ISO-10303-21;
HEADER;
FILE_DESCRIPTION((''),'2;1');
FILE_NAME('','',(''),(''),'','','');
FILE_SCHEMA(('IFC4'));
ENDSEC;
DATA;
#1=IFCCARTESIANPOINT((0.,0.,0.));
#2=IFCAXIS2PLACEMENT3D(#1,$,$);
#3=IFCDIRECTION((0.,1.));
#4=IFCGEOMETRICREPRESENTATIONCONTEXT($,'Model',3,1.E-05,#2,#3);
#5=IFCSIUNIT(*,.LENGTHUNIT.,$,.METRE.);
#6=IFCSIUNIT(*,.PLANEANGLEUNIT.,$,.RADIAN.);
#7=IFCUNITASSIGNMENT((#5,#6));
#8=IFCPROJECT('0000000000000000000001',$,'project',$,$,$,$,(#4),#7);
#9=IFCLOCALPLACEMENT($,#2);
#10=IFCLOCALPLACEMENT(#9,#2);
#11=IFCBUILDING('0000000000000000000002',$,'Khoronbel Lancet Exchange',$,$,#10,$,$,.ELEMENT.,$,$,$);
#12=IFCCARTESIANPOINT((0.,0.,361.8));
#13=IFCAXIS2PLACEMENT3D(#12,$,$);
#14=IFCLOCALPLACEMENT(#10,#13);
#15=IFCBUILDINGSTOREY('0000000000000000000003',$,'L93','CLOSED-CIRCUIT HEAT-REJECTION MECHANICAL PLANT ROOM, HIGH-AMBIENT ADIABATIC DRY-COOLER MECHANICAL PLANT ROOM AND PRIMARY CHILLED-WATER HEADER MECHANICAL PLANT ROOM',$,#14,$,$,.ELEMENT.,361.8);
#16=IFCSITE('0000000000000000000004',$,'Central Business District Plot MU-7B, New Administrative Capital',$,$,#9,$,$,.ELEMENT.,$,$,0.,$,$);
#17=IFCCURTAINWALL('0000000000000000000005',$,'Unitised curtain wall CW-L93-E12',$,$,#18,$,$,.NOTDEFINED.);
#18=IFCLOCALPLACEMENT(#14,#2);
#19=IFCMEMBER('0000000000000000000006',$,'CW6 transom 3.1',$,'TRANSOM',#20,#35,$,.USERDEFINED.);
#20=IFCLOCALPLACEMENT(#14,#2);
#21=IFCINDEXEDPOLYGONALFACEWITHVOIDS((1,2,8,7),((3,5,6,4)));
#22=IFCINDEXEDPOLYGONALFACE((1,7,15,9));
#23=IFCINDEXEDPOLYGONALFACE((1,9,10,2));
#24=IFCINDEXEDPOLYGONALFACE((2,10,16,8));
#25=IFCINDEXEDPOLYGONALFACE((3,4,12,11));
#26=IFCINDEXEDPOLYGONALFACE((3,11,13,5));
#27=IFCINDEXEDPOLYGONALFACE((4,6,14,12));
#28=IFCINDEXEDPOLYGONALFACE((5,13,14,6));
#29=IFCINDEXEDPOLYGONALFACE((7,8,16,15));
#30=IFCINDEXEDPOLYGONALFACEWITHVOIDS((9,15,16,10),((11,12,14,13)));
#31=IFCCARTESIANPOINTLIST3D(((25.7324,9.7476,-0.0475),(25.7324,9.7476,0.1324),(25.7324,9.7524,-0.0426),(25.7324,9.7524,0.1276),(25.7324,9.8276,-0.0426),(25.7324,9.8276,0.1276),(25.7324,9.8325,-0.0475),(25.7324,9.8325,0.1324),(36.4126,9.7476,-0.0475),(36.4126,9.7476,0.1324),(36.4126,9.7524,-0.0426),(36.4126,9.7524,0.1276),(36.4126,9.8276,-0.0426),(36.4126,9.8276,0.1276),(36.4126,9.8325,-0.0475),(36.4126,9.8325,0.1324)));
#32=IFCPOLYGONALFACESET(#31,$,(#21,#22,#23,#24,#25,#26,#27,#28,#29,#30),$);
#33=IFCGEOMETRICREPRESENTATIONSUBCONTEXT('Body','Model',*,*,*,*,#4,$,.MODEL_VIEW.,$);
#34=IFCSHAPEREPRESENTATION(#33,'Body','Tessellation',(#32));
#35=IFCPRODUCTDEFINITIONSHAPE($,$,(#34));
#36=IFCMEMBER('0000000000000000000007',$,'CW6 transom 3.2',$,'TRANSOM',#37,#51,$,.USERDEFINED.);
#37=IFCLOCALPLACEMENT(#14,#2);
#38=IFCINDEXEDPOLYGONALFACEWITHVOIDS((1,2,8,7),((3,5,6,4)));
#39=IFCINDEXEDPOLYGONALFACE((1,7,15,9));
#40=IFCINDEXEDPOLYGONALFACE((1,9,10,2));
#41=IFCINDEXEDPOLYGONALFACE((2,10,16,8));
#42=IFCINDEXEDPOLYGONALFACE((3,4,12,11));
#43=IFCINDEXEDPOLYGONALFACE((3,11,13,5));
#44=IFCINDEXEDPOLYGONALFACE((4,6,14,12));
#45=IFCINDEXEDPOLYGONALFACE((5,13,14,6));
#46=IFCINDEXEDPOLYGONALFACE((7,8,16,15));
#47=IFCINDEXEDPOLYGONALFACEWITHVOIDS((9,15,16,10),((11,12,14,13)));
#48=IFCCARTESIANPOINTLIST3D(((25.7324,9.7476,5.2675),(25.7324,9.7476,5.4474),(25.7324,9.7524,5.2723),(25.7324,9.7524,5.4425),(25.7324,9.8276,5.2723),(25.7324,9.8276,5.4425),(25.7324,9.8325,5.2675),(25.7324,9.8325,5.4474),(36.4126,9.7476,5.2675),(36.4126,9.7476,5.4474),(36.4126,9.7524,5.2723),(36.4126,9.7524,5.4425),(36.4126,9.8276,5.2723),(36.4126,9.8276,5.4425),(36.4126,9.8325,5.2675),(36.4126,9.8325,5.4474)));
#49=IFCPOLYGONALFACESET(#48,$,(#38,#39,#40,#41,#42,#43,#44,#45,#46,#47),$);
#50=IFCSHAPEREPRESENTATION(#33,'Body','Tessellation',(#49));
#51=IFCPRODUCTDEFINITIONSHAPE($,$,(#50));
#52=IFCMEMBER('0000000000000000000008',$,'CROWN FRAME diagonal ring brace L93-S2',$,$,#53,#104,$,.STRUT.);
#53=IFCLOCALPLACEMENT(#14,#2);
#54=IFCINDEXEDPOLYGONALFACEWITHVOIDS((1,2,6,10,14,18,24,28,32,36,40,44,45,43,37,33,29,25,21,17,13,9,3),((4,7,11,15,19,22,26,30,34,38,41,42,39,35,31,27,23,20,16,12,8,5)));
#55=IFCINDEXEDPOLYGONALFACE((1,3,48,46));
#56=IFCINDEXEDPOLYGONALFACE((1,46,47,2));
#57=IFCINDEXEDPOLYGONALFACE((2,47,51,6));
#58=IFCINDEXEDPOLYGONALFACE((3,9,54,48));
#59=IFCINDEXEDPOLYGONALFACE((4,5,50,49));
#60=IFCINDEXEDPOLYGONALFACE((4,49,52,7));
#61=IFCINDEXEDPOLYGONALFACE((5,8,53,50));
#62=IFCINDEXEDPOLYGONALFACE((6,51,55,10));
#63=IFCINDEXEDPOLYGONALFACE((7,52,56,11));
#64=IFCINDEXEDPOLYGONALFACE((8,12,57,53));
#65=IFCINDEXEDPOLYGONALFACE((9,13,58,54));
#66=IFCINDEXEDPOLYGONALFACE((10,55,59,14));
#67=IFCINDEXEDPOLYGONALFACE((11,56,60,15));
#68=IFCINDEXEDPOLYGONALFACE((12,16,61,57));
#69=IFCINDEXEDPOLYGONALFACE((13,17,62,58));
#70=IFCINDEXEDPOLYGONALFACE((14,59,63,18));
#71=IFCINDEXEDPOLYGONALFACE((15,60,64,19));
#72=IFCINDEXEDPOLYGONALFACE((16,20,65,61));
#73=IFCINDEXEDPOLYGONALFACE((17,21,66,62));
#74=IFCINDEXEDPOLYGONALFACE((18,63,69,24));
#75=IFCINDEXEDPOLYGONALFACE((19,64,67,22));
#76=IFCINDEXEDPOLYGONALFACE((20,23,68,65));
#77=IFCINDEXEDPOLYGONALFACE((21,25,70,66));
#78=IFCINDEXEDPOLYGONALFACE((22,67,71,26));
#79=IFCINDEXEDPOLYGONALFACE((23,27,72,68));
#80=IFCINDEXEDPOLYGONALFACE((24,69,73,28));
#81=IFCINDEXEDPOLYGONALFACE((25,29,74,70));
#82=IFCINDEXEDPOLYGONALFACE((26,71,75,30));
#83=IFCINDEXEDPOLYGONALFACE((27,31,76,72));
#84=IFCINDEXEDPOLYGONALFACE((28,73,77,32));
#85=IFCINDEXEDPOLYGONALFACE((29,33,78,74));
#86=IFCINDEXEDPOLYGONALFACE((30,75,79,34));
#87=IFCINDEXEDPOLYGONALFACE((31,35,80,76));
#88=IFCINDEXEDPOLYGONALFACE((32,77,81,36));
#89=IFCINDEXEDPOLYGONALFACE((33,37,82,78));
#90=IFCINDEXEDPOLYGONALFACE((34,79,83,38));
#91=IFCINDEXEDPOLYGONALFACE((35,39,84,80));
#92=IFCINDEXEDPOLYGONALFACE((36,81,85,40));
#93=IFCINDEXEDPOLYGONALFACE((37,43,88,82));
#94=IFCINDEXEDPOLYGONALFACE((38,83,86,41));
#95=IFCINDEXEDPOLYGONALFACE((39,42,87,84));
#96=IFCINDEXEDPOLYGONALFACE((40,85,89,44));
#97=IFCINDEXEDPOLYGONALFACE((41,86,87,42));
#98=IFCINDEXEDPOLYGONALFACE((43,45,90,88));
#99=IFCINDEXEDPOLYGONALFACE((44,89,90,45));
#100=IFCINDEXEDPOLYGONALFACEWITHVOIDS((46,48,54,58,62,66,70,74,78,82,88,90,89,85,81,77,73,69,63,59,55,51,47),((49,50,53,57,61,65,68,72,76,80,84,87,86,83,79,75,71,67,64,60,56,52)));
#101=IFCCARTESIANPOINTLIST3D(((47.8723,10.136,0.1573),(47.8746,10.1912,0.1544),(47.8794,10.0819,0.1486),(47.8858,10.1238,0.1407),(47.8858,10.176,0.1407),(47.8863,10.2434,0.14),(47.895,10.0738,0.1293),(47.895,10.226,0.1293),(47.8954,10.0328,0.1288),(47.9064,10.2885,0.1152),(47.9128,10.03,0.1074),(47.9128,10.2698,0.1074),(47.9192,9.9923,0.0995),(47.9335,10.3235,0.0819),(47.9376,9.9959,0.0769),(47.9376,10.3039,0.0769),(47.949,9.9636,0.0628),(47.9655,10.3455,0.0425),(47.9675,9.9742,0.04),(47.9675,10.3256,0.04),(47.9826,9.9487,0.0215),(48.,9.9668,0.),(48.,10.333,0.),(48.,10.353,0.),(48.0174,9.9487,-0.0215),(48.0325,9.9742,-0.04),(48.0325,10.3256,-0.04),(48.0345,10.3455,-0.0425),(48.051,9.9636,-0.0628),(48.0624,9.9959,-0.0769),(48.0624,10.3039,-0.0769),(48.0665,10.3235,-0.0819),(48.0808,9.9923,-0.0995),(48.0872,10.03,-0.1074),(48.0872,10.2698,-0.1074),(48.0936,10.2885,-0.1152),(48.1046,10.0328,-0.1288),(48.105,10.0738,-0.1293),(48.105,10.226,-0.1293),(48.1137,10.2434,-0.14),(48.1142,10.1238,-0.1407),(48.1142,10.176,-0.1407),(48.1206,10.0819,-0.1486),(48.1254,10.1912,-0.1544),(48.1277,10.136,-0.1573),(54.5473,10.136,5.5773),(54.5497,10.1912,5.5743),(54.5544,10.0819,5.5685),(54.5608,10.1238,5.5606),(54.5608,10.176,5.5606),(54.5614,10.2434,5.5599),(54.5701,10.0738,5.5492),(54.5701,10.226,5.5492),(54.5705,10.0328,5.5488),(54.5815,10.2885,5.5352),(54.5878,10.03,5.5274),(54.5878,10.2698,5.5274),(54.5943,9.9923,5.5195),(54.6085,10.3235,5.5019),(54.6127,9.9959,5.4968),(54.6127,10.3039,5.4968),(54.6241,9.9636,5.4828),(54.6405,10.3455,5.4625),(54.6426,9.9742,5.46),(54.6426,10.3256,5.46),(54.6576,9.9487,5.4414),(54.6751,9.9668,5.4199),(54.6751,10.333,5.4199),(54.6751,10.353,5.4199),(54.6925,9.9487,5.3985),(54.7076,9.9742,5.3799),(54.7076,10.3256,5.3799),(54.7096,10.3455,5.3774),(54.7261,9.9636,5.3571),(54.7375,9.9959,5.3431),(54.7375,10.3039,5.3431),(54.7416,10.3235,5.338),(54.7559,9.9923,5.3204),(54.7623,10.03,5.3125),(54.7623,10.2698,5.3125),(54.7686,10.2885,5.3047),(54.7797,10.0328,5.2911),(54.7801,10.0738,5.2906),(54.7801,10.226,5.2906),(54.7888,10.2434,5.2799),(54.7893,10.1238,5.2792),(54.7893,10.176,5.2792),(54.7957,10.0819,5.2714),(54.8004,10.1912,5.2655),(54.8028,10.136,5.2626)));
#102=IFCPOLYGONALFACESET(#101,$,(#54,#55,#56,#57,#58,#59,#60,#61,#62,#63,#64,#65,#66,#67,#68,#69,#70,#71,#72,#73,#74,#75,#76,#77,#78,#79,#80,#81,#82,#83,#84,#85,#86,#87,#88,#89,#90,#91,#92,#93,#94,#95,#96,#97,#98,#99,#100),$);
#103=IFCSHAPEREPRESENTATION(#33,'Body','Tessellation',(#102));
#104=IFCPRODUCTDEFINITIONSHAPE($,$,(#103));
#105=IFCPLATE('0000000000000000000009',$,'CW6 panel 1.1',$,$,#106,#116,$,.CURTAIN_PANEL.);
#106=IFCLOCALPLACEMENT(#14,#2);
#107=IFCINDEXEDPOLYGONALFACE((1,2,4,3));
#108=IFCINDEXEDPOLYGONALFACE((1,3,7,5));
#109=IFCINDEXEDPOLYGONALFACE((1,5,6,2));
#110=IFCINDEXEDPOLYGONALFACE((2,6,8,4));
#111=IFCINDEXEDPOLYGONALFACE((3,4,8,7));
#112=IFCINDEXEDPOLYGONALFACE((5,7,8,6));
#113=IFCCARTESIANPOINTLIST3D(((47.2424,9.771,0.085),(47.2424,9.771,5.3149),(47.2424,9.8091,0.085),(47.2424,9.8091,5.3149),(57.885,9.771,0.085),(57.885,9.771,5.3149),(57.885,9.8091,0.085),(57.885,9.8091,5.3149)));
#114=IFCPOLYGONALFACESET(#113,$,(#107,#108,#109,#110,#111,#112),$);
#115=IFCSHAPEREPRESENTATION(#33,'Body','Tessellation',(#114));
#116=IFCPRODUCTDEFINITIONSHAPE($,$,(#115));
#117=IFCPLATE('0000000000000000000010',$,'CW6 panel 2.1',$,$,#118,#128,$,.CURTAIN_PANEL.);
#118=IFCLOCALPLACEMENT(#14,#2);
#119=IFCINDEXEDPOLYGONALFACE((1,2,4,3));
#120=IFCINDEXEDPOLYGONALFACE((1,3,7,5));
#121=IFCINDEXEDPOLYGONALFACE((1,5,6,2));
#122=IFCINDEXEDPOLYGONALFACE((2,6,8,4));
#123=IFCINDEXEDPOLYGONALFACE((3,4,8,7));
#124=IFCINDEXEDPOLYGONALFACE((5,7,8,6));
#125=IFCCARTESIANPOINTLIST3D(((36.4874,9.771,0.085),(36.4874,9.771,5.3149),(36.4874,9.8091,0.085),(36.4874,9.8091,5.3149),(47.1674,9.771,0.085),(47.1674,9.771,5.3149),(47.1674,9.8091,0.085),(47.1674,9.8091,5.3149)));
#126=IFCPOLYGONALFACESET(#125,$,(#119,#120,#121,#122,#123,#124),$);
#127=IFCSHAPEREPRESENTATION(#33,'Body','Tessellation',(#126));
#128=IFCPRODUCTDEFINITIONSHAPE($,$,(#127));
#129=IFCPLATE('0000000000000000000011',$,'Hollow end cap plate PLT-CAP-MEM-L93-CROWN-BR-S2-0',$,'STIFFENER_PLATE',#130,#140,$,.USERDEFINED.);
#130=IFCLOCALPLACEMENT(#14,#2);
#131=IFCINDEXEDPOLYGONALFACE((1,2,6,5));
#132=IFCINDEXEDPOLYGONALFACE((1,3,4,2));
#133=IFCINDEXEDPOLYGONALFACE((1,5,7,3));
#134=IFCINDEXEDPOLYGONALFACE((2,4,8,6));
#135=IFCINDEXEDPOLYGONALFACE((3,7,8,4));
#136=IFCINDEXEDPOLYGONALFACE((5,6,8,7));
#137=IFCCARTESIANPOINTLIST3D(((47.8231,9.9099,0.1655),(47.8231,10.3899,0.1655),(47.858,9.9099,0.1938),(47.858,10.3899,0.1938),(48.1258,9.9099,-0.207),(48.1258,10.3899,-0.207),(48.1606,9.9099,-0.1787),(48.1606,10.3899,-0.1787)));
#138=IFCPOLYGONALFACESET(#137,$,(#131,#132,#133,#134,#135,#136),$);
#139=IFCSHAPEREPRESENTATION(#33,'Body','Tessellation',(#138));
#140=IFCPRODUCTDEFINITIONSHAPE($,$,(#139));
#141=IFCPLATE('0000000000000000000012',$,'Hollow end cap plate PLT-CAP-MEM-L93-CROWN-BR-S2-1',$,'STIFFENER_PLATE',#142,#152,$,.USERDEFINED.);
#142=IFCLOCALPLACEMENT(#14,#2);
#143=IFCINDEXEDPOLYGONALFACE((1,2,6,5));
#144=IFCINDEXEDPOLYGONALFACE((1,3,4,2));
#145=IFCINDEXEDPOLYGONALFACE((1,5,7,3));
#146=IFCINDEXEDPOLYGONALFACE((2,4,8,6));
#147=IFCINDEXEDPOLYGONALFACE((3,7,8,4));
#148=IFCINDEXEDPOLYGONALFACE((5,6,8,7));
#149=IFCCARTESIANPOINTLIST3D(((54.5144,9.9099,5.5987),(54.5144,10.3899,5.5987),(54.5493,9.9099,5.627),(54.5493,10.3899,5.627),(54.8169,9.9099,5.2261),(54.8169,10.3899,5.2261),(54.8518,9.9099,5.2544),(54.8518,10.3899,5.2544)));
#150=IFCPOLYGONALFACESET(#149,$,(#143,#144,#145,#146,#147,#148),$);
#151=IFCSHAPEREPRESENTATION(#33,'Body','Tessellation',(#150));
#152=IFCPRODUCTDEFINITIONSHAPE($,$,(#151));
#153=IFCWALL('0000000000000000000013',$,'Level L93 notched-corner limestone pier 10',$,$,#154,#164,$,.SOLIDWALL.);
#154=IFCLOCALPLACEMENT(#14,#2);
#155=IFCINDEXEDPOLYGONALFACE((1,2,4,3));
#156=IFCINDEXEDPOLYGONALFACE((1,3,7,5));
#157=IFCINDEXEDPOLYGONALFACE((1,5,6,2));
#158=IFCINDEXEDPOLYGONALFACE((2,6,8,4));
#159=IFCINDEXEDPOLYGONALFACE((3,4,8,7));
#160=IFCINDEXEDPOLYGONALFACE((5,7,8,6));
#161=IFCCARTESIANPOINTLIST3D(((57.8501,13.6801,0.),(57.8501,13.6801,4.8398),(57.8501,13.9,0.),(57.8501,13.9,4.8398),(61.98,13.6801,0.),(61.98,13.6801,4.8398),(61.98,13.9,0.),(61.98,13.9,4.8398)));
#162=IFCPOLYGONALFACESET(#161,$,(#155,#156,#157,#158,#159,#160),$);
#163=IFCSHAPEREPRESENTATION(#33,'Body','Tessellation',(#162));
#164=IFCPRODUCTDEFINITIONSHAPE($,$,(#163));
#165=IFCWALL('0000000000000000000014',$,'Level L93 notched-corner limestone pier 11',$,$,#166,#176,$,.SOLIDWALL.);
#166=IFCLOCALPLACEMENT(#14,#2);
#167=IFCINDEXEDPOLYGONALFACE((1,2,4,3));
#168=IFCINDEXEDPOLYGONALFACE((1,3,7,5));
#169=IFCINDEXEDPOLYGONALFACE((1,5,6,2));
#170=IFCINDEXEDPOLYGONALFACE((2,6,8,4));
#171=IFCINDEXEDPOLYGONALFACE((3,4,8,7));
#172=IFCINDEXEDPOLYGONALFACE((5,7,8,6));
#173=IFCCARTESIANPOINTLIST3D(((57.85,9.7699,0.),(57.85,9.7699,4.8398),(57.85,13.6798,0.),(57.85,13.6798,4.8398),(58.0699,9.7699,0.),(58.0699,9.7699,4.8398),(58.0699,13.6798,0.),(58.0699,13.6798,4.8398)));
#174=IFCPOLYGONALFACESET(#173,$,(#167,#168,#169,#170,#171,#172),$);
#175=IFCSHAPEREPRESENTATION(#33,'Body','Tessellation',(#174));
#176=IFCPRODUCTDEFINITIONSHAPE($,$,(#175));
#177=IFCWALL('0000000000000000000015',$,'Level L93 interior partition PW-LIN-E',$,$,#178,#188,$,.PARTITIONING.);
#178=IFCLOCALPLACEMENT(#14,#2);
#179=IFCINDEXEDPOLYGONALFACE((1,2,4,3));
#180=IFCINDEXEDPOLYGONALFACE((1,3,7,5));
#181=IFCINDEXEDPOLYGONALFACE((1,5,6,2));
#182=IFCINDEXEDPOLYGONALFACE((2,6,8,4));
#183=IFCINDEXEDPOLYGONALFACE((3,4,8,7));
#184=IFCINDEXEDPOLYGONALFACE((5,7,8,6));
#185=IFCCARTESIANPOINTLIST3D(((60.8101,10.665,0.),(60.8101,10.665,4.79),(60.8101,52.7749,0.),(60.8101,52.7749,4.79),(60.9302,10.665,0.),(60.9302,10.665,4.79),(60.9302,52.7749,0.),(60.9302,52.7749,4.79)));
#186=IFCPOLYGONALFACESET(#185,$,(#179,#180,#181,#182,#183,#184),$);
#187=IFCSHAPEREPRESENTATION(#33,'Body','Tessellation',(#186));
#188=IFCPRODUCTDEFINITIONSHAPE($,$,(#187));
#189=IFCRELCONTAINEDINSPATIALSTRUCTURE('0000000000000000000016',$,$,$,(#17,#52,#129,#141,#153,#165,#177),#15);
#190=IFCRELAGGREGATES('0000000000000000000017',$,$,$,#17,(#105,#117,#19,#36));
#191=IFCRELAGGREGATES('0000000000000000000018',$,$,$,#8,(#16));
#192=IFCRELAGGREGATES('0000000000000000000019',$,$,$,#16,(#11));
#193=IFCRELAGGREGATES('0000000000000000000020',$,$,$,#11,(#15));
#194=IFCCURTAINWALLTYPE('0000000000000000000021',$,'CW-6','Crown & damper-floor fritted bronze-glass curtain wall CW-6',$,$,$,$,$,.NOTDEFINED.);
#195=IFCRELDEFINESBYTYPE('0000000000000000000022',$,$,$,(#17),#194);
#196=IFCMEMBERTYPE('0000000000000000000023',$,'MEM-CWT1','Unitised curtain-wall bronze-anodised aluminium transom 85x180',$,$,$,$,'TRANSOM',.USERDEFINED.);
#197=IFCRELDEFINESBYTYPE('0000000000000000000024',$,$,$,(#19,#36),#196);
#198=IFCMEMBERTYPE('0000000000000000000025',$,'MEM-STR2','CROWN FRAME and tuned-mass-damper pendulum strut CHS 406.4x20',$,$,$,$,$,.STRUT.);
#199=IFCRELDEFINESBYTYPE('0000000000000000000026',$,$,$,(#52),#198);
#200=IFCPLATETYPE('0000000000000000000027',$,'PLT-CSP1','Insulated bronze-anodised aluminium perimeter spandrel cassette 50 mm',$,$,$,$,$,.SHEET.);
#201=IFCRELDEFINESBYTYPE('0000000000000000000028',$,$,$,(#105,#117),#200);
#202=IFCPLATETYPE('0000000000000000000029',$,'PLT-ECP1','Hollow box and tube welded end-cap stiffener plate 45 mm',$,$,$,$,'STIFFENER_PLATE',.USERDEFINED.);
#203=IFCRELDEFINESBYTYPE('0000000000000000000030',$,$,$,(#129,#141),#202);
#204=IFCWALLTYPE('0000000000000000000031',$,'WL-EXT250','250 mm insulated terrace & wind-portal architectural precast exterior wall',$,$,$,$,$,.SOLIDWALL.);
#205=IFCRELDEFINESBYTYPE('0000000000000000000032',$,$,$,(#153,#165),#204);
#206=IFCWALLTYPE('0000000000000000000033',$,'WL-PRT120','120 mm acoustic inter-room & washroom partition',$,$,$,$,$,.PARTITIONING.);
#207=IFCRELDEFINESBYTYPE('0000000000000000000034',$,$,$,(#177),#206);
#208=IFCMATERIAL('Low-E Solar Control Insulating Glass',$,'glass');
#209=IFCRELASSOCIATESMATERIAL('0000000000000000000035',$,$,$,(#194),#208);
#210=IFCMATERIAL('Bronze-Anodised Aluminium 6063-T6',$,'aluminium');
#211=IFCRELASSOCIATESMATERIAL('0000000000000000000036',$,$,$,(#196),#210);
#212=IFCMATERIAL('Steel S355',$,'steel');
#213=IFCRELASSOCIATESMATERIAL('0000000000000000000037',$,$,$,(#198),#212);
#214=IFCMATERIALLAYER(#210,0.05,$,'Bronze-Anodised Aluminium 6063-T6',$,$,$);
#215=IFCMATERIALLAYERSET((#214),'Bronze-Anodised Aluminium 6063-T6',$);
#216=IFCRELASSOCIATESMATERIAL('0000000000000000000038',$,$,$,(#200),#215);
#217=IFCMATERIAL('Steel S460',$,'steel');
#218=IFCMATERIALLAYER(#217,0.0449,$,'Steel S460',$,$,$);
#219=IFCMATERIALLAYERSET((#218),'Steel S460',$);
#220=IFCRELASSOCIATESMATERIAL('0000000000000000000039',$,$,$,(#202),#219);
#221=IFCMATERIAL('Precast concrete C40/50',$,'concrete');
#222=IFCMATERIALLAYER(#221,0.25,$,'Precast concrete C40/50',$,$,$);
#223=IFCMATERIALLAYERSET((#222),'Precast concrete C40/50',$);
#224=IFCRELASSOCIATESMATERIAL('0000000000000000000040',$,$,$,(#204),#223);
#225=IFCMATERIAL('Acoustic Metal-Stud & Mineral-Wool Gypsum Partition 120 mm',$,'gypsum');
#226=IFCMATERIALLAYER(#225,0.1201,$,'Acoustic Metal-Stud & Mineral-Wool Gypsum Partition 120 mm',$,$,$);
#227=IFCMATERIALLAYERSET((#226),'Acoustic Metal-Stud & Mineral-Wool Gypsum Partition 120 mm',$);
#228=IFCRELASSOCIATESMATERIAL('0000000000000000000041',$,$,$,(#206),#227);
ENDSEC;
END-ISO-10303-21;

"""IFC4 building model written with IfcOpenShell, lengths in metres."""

from ifc_helpers import new_model, si_unit, direction, frame, frame_2d, origin, origin_2d, place, context, subcontext, project, spatial, polyline, rectangle, hollow_rectangle, hollow_circle, outline, extrude, material, layer, layer_set, material_profile, profile_set, type_object, element, aggregate, save


model = new_model("IFC4")

# Units and contexts
model_context = context("Model", 3, precision=1e-05, world=origin(), true_north=direction((0.0, 1.0)))
body_context = subcontext(model_context, "Body", "Model", "MODEL_VIEW")
ifc_project = project(units=[si_unit("LENGTHUNIT", "METRE"), si_unit("PLANEANGLEUNIT", "RADIAN")], contexts=[model_context])

# Site, building, storey
site_placement = place(None, origin())
site = spatial("IfcSite", under=ifc_project, at=site_placement, Name="Central Business District Plot MU-7B, New Administrative Capital", CompositionType="ELEMENT", RefElevation=0.0)
building_placement = place(site_placement, origin())
building = spatial("IfcBuilding", under=site, at=building_placement, Name="Khoronbel Lancet Exchange", CompositionType="ELEMENT")
storey_placement = place(building_placement, frame((0.0, 0.0, 361.8)))
storey = spatial("IfcBuildingStorey", under=building, at=storey_placement, Name="L93", Description="CLOSED-CIRCUIT HEAT-REJECTION MECHANICAL PLANT ROOM, HIGH-AMBIENT ADIABATIC DRY-COOLER MECHANICAL PLANT ROOM AND PRIMARY CHILLED-WATER HEADER MECHANICAL PLANT ROOM", CompositionType="ELEMENT", Elevation=361.8)

# Shared definitions
ifc_material_1 = material(Name="Steel S460", Category="steel")

# Shared definitions
ifc_material_2 = material(Name="Steel S355", Category="steel")

# Shared definitions
ifc_material_3 = material(Name="Low-E Solar Control Insulating Glass", Category="glass")
curtain_wall_type = type_object("IfcCurtainWallType", Name="CW-6", Description="Crown & damper-floor fritted bronze-glass curtain wall CW-6", PredefinedType="NOTDEFINED", material=ifc_material_3)
ifc_material_4 = material(Name="Bronze-Anodised Aluminium 6063-T6", Category="aluminium")

# Curtain wall, members
curtain_wall_1_placement = place(storey_placement, origin())
curtain_wall_1 = element("IfcCurtainWall", 1, at=curtain_wall_1_placement, inside=storey, type_object=curtain_wall_type, Name="Unitised curtain wall CW-L93-E12", PredefinedType="NOTDEFINED")
ifc_material_profile_1 = material_profile(ifc_material_4, hollow_rectangle(XDim=0.085, YDim=0.1799, WallThickness=0.0049, at=origin_2d()), Name="ALU TRANSOM 85x180")
ifc_profile_set_1 = profile_set([ifc_material_profile_1], Name="Bronze-Anodised Aluminium 6063-T6")
member_type_1 = type_object("IfcMemberType", Name="MEM-CWT1", Description="Unitised curtain-wall bronze-anodised aluminium transom 85x180", ElementType="TRANSOM", PredefinedType="USERDEFINED", material=ifc_profile_set_1)
member_1_placement = place(storey_placement, frame((36.4126, 9.79, 0.0425), z_axis=(-1.0, 0.0, 0.0), x_axis=(0.0, -1.0, 0.0)))
member_1 = element("IfcMember", 2, at=member_1_placement, type_object=member_type_1, Name="CW6 transom 3.1", ObjectType="TRANSOM", PredefinedType="USERDEFINED", context=body_context, shape_type="SweptSolid", body=[
    extrude(hollow_rectangle(XDim=0.085, YDim=0.1799, WallThickness=0.0049, at=origin_2d()), origin(), (0.0, 0.0, 1.0), 10.6802),
])
member_2_placement = place(storey_placement, frame((36.4126, 9.79, 5.3574), z_axis=(-1.0, 0.0, 0.0), x_axis=(0.0, -1.0, 0.0)))
member_2 = element("IfcMember", 3, at=member_2_placement, type_object=member_type_1, Name="CW6 transom 3.2", ObjectType="TRANSOM", PredefinedType="USERDEFINED", context=body_context, shape_type="SweptSolid", body=[
    extrude(hollow_rectangle(XDim=0.085, YDim=0.1799, WallThickness=0.0049, at=origin_2d()), origin(), (0.0, 0.0, 1.0), 10.6802),
])

# Member
ifc_material_profile_2 = material_profile(ifc_material_2, hollow_circle(Radius=0.2031, WallThickness=0.02, at=origin_2d()), Name="CHS 406.4x20")
ifc_profile_set_2 = profile_set([ifc_material_profile_2], Name="Steel S355")
member_type_2 = type_object("IfcMemberType", Name="MEM-STR2", Description="CROWN FRAME and tuned-mass-damper pendulum strut CHS 406.4x20", PredefinedType="STRUT", material=ifc_profile_set_2)
member_3_placement = place(storey_placement, frame((48.0, 10.1499, 0.0), z_axis=(0.776316, 0.0, 0.630344), x_axis=(0.0, 1.0, 0.0)))
element("IfcMember", 4, at=member_3_placement, inside=storey, type_object=member_type_2, Name="CROWN FRAME diagonal ring brace L93-S2", PredefinedType="STRUT", context=body_context, shape_type="SweptSolid", body=[
    extrude(hollow_circle(Radius=0.2031, WallThickness=0.02, at=origin_2d()), origin(), (0.0, 0.0, 1.0), 8.5984),
])

# Plates
ifc_layer_1 = layer(ifc_material_4, 0.05, Name="Bronze-Anodised Aluminium 6063-T6")
ifc_layer_set_1 = layer_set([ifc_layer_1], Name="Bronze-Anodised Aluminium 6063-T6")
plate_type_1 = type_object("IfcPlateType", Name="PLT-CSP1", Description="Insulated bronze-anodised aluminium perimeter spandrel cassette 50 mm", PredefinedType="SHEET", material=ifc_layer_set_1)
plate_1_placement = place(storey_placement, frame((52.5637, 9.79, 0.085), z_axis=(0.0, 0.0, 1.0), x_axis=(-1.0, 0.0, 0.0)))
plate_1 = element("IfcPlate", 5, at=plate_1_placement, type_object=plate_type_1, Name="CW6 panel 1.1", PredefinedType="CURTAIN_PANEL", context=body_context, shape_type="SweptSolid", body=[
    extrude(rectangle(XDim=10.6426, YDim=0.0381, at=origin_2d()), origin(), (0.0, 0.0, 1.0), 5.23),
])
plate_2_placement = place(storey_placement, frame((41.8274, 9.79, 0.085), z_axis=(0.0, 0.0, 1.0), x_axis=(-1.0, 0.0, 0.0)))
plate_2 = element("IfcPlate", 6, at=plate_2_placement, type_object=plate_type_1, Name="CW6 panel 2.1", PredefinedType="CURTAIN_PANEL", context=body_context, shape_type="SweptSolid", body=[
    extrude(rectangle(XDim=10.6799, YDim=0.0381, at=origin_2d()), origin(), (0.0, 0.0, 1.0), 5.23),
])
aggregate(curtain_wall_1, [plate_1, plate_2, member_1, member_2])

# Plates
ifc_layer_2 = layer(ifc_material_1, 0.0449, Name="Steel S460")
ifc_layer_set_2 = layer_set([ifc_layer_2], Name="Steel S460")
plate_type_2 = type_object("IfcPlateType", Name="PLT-ECP1", Description="Hollow box and tube welded end-cap stiffener plate 45 mm", ElementType="STIFFENER_PLATE", PredefinedType="USERDEFINED", material=ifc_layer_set_2)
for number, where, z_axis, x_axis, name in (
    (7, (48.1606, 9.9099, -0.1787), (0.776083, 0.0, 0.630631), (0.0, 1.0, 0.0), "Hollow end cap plate PLT-CAP-MEM-L93-CROWN-BR-S2-0"),
    (8, (54.8518, 9.9099, 5.2544), (0.776332, 0.0, 0.630324), (0.0, 1.0, 0.0), "Hollow end cap plate PLT-CAP-MEM-L93-CROWN-BR-S2-1"),
):
    element("IfcPlate", number, at=place(storey_placement, frame(where, z_axis=z_axis, x_axis=x_axis)), inside=storey, type_object=plate_type_2, Name=name, ObjectType="STIFFENER_PLATE", PredefinedType="USERDEFINED", context=body_context, shape_type="SweptSolid", body=[
        extrude(outline(polyline([(0.0, 0.0), (0.48, 0.0), (0.48, 0.48), (0.0, 0.48), (0.0, 0.0)])), origin(), (0.0, 0.0, -1.0), 0.0449),
    ])

# Walls
ifc_material_5 = material(Name="Precast concrete C40/50", Category="concrete")
ifc_layer_3 = layer(ifc_material_5, 0.25, Name="Precast concrete C40/50")
ifc_layer_set_3 = layer_set([ifc_layer_3], Name="Precast concrete C40/50")
wall_type_1 = type_object("IfcWallType", Name="WL-EXT250", Description="250 mm insulated terrace & wind-portal architectural precast exterior wall", PredefinedType="SOLIDWALL", material=ifc_layer_set_3)
wall_1_placement = place(storey_placement, frame((61.98, 13.79, 0.0), z_axis=(0.0, 0.0, 1.0), x_axis=(-1.0, 0.0, 0.0)))
element("IfcWall", 9, at=wall_1_placement, inside=storey, type_object=wall_type_1, Name="Level L93 notched-corner limestone pier 10", PredefinedType="SOLIDWALL", context=body_context, shape_type="SweptSolid", body=[
    extrude(rectangle(XDim=4.1299, YDim=0.22, at=frame_2d((2.0649, 0.0))), origin(), (0.0, 0.0, 1.0), 4.8398),
])
wall_2_placement = place(storey_placement, frame((57.96, 13.6799, 0.0), z_axis=(0.0, 0.0, 1.0), x_axis=(0.0, -1.0, 0.0)))
element("IfcWall", 10, at=wall_2_placement, inside=storey, type_object=wall_type_1, Name="Level L93 notched-corner limestone pier 11", PredefinedType="SOLIDWALL", context=body_context, shape_type="SweptSolid", body=[
    extrude(rectangle(XDim=3.9099, YDim=0.22, at=frame_2d((1.9551, 0.0))), origin(), (0.0, 0.0, 1.0), 4.8398),
])
ifc_material_6 = material(Name="Acoustic Metal-Stud & Mineral-Wool Gypsum Partition 120 mm", Category="gypsum")
ifc_layer_4 = layer(ifc_material_6, 0.1201, Name="Acoustic Metal-Stud & Mineral-Wool Gypsum Partition 120 mm")
ifc_layer_set_4 = layer_set([ifc_layer_4], Name="Acoustic Metal-Stud & Mineral-Wool Gypsum Partition 120 mm")
wall_type_2 = type_object("IfcWallType", Name="WL-PRT120", Description="120 mm acoustic inter-room & washroom partition", PredefinedType="PARTITIONING", material=ifc_layer_set_4)
wall_3_placement = place(storey_placement, frame((60.8701, 10.665, 0.0), z_axis=(0.0, 0.0, 1.0), x_axis=(0.0, 1.0, 0.0)))
element("IfcWall", 11, at=wall_3_placement, inside=storey, type_object=wall_type_2, Name="Level L93 interior partition PW-LIN-E", PredefinedType="PARTITIONING", context=body_context, shape_type="SweptSolid", body=[
    extrude(rectangle(XDim=42.1099, YDim=0.1201, at=frame_2d((21.0549, 0.0))), origin(), (0.0, 0.0, 1.0), 4.79),
])

save(model, "model.ifc")
